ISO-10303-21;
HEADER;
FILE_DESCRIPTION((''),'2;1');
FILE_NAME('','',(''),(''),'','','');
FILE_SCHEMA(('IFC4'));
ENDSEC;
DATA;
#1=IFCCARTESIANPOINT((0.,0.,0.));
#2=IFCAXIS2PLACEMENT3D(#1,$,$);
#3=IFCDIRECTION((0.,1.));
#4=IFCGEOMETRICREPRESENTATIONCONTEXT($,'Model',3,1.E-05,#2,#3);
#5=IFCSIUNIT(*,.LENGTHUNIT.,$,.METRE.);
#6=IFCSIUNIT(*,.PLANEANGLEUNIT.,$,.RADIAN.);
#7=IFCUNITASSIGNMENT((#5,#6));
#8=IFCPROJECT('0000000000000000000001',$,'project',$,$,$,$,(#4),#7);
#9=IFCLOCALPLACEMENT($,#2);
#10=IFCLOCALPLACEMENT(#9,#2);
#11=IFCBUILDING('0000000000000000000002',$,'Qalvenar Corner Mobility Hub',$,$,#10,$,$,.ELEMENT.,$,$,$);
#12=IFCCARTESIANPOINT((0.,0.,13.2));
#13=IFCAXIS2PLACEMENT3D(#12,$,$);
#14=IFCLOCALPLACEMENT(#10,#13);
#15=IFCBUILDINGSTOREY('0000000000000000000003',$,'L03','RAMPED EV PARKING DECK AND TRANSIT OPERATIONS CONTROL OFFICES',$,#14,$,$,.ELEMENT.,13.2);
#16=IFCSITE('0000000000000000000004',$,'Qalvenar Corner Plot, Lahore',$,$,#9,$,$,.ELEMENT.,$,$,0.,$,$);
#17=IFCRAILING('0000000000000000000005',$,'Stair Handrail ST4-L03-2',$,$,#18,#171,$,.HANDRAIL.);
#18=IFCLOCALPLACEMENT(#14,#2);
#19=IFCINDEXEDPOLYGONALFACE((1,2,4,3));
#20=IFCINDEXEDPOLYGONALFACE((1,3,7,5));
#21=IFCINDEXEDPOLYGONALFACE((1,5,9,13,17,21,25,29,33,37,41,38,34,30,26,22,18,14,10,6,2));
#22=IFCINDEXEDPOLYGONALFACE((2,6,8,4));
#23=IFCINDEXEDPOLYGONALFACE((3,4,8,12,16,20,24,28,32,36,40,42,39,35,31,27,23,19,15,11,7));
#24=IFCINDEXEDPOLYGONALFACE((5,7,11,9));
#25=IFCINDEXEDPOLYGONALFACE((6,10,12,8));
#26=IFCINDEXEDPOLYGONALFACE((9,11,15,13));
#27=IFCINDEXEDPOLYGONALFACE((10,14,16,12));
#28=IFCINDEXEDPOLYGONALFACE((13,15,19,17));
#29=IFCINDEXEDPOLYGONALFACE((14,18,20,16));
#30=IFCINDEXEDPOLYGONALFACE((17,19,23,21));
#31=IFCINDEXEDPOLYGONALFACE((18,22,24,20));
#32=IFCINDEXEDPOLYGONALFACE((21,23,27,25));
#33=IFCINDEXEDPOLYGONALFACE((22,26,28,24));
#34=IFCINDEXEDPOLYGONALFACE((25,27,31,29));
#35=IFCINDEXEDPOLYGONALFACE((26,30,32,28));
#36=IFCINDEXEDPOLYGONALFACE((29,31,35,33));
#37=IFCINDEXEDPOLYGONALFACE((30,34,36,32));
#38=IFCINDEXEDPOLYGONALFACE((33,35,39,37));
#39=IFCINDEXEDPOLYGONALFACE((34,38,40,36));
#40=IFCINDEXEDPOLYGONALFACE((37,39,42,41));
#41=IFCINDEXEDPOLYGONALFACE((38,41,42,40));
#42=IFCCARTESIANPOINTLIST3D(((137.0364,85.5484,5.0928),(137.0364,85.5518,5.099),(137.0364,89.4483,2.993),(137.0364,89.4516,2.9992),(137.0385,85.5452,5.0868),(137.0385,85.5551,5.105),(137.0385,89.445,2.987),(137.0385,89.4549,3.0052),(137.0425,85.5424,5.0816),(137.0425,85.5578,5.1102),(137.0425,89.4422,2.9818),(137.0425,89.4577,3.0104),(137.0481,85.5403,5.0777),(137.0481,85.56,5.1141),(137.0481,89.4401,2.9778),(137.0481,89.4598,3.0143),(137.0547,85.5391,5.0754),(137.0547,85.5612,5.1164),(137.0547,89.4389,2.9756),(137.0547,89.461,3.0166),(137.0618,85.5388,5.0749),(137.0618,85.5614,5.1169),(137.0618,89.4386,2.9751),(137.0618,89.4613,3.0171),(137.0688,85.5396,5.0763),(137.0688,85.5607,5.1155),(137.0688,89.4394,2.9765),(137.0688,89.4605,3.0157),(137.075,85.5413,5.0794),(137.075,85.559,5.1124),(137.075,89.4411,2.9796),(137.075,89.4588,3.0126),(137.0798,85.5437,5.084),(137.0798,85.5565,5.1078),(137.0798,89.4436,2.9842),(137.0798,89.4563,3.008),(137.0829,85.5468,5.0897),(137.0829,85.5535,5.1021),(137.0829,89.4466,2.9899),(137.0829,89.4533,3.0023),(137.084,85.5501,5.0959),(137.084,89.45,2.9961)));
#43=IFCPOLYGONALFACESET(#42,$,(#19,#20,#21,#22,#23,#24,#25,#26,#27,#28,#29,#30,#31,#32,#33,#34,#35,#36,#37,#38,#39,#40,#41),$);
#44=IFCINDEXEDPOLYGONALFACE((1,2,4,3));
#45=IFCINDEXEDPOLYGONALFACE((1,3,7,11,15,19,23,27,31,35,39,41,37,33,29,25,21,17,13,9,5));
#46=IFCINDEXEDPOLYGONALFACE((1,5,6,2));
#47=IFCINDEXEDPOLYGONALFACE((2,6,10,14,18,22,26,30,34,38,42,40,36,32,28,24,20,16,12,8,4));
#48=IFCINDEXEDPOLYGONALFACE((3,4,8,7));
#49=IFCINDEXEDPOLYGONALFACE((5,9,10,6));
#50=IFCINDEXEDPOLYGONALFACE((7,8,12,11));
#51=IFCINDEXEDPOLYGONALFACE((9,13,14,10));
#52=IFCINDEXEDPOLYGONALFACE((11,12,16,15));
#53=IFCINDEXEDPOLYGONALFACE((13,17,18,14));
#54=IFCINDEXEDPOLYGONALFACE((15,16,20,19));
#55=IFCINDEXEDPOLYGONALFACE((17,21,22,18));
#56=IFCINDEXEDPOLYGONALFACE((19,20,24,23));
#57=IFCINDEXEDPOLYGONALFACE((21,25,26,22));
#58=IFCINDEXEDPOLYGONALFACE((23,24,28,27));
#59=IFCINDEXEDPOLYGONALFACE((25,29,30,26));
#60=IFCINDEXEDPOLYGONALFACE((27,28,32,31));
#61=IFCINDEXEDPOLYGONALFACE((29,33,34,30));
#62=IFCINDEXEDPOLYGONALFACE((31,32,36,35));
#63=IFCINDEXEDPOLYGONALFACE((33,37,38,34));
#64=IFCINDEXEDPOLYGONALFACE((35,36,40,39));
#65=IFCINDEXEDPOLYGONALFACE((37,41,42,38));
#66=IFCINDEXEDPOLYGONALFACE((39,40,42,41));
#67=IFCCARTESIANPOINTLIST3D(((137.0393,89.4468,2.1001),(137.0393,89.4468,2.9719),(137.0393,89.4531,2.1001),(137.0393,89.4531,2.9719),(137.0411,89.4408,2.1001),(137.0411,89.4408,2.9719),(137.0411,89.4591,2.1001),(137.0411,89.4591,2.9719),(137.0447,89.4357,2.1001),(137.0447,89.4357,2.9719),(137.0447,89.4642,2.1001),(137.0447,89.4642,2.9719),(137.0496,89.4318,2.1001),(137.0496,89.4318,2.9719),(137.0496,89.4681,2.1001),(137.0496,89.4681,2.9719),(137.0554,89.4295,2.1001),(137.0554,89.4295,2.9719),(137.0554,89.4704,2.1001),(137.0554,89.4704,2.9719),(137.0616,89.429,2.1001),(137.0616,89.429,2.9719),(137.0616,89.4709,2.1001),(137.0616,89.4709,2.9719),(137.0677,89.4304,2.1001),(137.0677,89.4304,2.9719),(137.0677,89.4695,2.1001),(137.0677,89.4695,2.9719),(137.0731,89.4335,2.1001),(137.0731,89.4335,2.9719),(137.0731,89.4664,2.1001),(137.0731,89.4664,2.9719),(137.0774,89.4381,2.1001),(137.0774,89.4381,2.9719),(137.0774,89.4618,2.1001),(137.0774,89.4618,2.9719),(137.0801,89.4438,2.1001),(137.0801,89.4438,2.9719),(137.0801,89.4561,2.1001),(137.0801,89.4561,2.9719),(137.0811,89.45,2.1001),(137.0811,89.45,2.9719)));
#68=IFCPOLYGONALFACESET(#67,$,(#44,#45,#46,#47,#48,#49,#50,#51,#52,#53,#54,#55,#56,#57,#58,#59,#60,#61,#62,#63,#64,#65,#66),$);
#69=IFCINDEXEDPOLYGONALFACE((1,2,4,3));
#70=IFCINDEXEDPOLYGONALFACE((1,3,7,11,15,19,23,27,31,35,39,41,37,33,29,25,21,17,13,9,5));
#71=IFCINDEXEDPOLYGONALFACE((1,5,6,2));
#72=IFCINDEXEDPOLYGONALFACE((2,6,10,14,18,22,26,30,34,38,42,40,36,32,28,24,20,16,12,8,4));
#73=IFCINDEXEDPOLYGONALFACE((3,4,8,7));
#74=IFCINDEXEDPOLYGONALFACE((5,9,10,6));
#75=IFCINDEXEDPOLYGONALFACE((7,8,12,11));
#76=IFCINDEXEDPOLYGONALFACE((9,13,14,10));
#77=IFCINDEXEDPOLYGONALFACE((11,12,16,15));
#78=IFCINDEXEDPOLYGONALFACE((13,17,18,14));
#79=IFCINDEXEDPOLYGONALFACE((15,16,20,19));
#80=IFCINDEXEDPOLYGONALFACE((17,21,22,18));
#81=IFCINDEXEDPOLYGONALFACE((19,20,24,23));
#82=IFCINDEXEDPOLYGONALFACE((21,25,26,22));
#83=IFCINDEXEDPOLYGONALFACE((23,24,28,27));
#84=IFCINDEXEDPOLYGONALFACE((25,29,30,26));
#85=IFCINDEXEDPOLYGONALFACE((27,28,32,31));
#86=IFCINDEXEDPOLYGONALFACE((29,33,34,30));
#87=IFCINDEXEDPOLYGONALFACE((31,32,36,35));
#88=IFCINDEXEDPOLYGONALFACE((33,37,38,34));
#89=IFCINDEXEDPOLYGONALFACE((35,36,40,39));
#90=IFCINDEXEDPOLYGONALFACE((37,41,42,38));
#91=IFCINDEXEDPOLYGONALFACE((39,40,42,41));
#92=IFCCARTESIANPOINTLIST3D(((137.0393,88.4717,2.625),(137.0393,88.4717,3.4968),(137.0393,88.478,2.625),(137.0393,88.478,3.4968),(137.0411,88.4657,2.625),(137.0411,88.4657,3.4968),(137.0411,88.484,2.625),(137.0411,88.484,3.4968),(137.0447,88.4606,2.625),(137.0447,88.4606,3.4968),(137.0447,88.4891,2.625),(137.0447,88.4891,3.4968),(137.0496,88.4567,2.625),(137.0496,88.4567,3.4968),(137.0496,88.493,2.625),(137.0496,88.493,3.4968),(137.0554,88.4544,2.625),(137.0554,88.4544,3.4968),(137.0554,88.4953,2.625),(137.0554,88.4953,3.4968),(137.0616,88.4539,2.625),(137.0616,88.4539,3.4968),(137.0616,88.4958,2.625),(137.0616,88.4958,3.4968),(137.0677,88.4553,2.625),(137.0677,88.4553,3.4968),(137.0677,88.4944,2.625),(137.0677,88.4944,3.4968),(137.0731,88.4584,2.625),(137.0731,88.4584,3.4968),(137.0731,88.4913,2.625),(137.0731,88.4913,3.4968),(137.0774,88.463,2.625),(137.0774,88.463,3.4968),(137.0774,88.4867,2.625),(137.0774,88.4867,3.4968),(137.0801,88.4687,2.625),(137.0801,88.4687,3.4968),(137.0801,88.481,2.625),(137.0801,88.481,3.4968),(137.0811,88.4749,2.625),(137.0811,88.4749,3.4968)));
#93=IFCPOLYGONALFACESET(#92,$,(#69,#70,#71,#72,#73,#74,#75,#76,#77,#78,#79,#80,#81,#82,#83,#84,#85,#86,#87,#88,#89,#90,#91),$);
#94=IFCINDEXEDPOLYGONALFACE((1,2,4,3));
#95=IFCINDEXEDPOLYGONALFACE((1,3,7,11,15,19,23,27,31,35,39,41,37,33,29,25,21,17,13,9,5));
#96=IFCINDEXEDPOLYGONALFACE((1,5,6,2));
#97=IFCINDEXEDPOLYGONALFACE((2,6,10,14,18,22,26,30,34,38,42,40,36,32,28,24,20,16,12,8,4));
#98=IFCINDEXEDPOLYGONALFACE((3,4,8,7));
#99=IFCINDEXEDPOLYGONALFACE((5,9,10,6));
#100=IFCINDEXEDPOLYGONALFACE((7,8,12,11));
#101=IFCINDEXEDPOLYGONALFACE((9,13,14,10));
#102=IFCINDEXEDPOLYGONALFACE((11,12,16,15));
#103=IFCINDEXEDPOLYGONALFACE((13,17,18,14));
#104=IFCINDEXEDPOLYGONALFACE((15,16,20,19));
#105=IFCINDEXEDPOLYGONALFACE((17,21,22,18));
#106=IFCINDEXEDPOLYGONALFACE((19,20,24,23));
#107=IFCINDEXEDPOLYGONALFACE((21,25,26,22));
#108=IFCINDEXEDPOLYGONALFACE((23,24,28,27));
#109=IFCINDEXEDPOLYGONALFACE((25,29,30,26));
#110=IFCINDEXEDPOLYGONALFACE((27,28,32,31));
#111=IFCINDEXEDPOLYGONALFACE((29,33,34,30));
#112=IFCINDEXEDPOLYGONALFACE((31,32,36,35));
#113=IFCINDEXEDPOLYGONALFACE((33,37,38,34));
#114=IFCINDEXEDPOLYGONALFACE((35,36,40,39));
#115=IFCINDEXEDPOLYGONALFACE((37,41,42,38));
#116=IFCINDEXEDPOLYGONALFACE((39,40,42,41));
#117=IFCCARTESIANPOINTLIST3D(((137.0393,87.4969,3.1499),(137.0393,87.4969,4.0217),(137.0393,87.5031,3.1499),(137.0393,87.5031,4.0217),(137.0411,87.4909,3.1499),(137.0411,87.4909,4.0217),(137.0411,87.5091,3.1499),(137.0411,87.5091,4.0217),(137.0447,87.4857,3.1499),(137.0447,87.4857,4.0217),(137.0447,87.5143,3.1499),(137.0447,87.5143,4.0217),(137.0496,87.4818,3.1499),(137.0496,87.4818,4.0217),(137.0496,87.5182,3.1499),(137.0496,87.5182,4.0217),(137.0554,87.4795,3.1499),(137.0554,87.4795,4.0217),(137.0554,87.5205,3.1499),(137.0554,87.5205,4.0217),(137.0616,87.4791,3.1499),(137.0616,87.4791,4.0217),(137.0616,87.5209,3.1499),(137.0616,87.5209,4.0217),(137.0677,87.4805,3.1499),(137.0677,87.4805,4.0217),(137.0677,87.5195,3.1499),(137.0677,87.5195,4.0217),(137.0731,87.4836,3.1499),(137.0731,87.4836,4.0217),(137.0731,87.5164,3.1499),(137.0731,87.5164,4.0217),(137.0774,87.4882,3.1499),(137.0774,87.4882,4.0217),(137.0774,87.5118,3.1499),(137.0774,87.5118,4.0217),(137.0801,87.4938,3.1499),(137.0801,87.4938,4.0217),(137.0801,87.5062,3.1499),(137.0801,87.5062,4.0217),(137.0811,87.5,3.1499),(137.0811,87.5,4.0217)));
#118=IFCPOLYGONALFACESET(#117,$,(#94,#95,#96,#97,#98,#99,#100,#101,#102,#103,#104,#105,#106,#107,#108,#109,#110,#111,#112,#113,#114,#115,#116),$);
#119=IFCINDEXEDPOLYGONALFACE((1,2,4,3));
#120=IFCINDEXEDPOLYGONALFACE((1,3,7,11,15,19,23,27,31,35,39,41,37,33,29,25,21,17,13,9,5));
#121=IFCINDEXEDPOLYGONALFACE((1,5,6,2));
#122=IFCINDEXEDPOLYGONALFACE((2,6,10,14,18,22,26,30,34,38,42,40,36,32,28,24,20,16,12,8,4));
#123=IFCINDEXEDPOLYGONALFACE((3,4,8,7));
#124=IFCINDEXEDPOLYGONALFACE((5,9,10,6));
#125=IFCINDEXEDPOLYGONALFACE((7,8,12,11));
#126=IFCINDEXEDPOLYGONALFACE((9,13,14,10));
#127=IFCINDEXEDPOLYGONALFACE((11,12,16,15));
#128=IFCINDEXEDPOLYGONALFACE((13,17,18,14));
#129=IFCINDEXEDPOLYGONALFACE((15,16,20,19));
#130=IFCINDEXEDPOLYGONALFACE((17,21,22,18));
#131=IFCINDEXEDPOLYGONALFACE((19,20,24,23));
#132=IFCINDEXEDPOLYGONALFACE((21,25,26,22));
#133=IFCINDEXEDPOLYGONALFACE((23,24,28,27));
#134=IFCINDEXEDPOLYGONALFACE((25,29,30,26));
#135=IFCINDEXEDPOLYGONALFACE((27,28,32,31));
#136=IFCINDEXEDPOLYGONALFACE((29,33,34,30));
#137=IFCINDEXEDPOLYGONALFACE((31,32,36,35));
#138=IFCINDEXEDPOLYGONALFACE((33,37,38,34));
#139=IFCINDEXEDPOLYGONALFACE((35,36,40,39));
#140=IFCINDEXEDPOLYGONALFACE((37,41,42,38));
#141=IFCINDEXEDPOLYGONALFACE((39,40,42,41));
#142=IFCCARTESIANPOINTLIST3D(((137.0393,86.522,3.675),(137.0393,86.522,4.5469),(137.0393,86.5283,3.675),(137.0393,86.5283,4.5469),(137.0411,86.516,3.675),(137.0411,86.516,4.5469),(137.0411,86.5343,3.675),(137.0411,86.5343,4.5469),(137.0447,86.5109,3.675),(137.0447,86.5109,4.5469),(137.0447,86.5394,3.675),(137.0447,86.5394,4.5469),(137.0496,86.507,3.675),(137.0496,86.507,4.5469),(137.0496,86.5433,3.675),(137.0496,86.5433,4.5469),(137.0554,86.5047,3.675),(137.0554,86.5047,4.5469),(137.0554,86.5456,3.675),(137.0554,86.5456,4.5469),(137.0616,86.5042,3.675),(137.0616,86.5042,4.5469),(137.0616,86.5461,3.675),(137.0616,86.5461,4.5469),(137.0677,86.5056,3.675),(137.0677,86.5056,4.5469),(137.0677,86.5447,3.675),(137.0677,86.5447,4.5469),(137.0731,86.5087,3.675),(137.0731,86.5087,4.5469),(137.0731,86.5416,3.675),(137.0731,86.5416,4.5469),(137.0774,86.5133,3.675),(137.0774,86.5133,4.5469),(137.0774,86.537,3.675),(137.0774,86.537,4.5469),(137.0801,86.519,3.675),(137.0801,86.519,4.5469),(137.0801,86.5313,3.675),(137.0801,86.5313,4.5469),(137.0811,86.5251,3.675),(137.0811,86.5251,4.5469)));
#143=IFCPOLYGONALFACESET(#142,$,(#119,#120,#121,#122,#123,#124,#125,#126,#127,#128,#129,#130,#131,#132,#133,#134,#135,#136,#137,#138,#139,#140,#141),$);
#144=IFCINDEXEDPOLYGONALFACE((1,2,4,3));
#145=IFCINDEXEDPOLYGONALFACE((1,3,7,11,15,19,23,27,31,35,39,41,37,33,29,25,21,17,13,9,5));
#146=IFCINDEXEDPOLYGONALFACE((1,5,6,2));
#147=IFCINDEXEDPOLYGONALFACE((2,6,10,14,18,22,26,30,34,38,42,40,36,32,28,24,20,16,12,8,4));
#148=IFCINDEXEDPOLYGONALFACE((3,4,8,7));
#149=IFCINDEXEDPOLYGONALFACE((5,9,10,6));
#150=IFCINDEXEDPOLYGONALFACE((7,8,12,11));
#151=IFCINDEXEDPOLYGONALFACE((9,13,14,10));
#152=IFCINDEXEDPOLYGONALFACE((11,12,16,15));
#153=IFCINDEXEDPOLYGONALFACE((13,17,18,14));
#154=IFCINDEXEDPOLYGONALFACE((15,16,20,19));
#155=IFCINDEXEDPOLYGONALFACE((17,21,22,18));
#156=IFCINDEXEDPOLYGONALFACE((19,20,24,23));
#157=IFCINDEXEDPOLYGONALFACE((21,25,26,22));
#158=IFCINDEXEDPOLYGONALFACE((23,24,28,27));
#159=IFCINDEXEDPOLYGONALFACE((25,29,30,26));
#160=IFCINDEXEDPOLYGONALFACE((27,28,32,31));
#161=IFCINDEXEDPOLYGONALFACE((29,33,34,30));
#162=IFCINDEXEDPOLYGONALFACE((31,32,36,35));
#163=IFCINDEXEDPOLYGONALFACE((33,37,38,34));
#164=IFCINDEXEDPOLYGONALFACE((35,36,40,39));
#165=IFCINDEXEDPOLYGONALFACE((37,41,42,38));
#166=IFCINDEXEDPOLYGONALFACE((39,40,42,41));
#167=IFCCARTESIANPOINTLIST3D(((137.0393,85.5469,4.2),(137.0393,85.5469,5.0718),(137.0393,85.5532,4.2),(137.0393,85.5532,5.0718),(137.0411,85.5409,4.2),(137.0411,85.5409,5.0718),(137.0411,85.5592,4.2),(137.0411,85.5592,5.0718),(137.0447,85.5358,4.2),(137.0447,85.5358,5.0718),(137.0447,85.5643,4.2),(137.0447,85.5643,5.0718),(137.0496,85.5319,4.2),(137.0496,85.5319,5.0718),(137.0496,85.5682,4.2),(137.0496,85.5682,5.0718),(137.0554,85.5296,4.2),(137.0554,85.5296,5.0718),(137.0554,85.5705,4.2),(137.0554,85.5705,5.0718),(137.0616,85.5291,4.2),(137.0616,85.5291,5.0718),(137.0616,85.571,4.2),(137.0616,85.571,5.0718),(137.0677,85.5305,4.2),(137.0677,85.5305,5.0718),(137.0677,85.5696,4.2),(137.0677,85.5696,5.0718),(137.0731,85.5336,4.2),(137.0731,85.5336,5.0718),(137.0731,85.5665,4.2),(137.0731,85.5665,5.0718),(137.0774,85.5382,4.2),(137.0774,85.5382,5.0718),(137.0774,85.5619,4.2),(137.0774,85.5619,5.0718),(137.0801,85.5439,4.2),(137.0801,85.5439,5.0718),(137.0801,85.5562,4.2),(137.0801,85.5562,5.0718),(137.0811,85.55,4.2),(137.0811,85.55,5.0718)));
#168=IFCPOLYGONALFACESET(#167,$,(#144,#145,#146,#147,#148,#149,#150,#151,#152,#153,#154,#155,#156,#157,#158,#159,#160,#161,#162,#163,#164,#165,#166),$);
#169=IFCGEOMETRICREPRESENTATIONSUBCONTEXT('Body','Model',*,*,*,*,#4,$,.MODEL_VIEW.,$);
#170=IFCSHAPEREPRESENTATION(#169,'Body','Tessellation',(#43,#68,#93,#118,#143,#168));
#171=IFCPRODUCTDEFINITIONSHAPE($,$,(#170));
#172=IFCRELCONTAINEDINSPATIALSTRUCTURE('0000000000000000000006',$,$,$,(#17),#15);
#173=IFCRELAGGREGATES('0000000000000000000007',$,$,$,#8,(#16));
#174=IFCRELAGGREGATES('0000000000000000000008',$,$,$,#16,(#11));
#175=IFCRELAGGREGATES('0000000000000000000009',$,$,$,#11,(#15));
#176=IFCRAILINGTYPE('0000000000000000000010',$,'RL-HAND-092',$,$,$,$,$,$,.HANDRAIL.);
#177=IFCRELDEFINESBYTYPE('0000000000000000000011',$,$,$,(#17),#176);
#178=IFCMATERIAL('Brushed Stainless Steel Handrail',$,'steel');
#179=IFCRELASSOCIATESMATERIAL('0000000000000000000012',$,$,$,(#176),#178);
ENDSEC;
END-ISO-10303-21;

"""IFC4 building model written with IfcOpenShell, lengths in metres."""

from ifc_helpers import new_model, si_unit, direction, frame, origin, origin_2d, place, context, subcontext, project, spatial, circle, extrude, material, type_object, element, save


model = new_model("IFC4")

# Units and contexts
model_context = context("Model", 3, precision=1e-05, world=origin(), true_north=direction((0.0, 1.0)))
body_context = subcontext(model_context, "Body", "Model", "MODEL_VIEW")
ifc_project = project(units=[si_unit("LENGTHUNIT", "METRE"), si_unit("PLANEANGLEUNIT", "RADIAN")], contexts=[model_context])

# Site, building, storey
site_placement = place(None, origin())
site = spatial("IfcSite", under=ifc_project, at=site_placement, Name="Qalvenar Corner Plot, Lahore", CompositionType="ELEMENT", RefElevation=0.0)
building_placement = place(site_placement, origin())
building = spatial("IfcBuilding", under=site, at=building_placement, Name="Qalvenar Corner Mobility Hub", CompositionType="ELEMENT")
storey_placement = place(building_placement, frame((0.0, 0.0, 13.2)))
storey = spatial("IfcBuildingStorey", under=building, at=storey_placement, Name="L03", Description="RAMPED EV PARKING DECK AND TRANSIT OPERATIONS CONTROL OFFICES", CompositionType="ELEMENT", Elevation=13.2)

# Railing
ifc_material_1 = material(Name="Brushed Stainless Steel Handrail", Category="steel")
railing_type_1 = type_object("IfcRailingType", Name="RL-HAND-092", PredefinedType="HANDRAIL", material=ifc_material_1)
railing_1_placement = place(storey_placement, frame((137.0601, 89.45, 2.1001)))
element("IfcRailing", 1, at=railing_1_placement, inside=storey, type_object=railing_type_1, Name="Stair Handrail ST4-L03-2", PredefinedType="HANDRAIL", context=body_context, shape_type="SweptSolid", body=[
    extrude(circle(Radius=0.0239, at=origin_2d()), frame((0.0, 0.0, 0.896), z_axis=(0.0, -0.88048, 0.474083), x_axis=(1.0, 0.0, 0.0)), (0.0, 0.0, 1.0), 4.4292),
    extrude(circle(Radius=0.021, at=origin_2d()), origin(), (0.0, 0.0, 1.0), 0.8718),
    extrude(circle(Radius=0.021, at=origin_2d()), frame((0.0, -0.9751, 0.5249)), (0.0, 0.0, 1.0), 0.8718),
    extrude(circle(Radius=0.021, at=origin_2d()), frame((0.0, -1.95, 1.0498)), (0.0, 0.0, 1.0), 0.8718),
    extrude(circle(Radius=0.021, at=origin_2d()), frame((0.0, -2.9248, 1.575)), (0.0, 0.0, 1.0), 0.8718),
    extrude(circle(Radius=0.021, at=origin_2d()), frame((0.0, -3.8999, 2.0999)), (0.0, 0.0, 1.0), 0.8718),
])

save(model, "model.ifc")
